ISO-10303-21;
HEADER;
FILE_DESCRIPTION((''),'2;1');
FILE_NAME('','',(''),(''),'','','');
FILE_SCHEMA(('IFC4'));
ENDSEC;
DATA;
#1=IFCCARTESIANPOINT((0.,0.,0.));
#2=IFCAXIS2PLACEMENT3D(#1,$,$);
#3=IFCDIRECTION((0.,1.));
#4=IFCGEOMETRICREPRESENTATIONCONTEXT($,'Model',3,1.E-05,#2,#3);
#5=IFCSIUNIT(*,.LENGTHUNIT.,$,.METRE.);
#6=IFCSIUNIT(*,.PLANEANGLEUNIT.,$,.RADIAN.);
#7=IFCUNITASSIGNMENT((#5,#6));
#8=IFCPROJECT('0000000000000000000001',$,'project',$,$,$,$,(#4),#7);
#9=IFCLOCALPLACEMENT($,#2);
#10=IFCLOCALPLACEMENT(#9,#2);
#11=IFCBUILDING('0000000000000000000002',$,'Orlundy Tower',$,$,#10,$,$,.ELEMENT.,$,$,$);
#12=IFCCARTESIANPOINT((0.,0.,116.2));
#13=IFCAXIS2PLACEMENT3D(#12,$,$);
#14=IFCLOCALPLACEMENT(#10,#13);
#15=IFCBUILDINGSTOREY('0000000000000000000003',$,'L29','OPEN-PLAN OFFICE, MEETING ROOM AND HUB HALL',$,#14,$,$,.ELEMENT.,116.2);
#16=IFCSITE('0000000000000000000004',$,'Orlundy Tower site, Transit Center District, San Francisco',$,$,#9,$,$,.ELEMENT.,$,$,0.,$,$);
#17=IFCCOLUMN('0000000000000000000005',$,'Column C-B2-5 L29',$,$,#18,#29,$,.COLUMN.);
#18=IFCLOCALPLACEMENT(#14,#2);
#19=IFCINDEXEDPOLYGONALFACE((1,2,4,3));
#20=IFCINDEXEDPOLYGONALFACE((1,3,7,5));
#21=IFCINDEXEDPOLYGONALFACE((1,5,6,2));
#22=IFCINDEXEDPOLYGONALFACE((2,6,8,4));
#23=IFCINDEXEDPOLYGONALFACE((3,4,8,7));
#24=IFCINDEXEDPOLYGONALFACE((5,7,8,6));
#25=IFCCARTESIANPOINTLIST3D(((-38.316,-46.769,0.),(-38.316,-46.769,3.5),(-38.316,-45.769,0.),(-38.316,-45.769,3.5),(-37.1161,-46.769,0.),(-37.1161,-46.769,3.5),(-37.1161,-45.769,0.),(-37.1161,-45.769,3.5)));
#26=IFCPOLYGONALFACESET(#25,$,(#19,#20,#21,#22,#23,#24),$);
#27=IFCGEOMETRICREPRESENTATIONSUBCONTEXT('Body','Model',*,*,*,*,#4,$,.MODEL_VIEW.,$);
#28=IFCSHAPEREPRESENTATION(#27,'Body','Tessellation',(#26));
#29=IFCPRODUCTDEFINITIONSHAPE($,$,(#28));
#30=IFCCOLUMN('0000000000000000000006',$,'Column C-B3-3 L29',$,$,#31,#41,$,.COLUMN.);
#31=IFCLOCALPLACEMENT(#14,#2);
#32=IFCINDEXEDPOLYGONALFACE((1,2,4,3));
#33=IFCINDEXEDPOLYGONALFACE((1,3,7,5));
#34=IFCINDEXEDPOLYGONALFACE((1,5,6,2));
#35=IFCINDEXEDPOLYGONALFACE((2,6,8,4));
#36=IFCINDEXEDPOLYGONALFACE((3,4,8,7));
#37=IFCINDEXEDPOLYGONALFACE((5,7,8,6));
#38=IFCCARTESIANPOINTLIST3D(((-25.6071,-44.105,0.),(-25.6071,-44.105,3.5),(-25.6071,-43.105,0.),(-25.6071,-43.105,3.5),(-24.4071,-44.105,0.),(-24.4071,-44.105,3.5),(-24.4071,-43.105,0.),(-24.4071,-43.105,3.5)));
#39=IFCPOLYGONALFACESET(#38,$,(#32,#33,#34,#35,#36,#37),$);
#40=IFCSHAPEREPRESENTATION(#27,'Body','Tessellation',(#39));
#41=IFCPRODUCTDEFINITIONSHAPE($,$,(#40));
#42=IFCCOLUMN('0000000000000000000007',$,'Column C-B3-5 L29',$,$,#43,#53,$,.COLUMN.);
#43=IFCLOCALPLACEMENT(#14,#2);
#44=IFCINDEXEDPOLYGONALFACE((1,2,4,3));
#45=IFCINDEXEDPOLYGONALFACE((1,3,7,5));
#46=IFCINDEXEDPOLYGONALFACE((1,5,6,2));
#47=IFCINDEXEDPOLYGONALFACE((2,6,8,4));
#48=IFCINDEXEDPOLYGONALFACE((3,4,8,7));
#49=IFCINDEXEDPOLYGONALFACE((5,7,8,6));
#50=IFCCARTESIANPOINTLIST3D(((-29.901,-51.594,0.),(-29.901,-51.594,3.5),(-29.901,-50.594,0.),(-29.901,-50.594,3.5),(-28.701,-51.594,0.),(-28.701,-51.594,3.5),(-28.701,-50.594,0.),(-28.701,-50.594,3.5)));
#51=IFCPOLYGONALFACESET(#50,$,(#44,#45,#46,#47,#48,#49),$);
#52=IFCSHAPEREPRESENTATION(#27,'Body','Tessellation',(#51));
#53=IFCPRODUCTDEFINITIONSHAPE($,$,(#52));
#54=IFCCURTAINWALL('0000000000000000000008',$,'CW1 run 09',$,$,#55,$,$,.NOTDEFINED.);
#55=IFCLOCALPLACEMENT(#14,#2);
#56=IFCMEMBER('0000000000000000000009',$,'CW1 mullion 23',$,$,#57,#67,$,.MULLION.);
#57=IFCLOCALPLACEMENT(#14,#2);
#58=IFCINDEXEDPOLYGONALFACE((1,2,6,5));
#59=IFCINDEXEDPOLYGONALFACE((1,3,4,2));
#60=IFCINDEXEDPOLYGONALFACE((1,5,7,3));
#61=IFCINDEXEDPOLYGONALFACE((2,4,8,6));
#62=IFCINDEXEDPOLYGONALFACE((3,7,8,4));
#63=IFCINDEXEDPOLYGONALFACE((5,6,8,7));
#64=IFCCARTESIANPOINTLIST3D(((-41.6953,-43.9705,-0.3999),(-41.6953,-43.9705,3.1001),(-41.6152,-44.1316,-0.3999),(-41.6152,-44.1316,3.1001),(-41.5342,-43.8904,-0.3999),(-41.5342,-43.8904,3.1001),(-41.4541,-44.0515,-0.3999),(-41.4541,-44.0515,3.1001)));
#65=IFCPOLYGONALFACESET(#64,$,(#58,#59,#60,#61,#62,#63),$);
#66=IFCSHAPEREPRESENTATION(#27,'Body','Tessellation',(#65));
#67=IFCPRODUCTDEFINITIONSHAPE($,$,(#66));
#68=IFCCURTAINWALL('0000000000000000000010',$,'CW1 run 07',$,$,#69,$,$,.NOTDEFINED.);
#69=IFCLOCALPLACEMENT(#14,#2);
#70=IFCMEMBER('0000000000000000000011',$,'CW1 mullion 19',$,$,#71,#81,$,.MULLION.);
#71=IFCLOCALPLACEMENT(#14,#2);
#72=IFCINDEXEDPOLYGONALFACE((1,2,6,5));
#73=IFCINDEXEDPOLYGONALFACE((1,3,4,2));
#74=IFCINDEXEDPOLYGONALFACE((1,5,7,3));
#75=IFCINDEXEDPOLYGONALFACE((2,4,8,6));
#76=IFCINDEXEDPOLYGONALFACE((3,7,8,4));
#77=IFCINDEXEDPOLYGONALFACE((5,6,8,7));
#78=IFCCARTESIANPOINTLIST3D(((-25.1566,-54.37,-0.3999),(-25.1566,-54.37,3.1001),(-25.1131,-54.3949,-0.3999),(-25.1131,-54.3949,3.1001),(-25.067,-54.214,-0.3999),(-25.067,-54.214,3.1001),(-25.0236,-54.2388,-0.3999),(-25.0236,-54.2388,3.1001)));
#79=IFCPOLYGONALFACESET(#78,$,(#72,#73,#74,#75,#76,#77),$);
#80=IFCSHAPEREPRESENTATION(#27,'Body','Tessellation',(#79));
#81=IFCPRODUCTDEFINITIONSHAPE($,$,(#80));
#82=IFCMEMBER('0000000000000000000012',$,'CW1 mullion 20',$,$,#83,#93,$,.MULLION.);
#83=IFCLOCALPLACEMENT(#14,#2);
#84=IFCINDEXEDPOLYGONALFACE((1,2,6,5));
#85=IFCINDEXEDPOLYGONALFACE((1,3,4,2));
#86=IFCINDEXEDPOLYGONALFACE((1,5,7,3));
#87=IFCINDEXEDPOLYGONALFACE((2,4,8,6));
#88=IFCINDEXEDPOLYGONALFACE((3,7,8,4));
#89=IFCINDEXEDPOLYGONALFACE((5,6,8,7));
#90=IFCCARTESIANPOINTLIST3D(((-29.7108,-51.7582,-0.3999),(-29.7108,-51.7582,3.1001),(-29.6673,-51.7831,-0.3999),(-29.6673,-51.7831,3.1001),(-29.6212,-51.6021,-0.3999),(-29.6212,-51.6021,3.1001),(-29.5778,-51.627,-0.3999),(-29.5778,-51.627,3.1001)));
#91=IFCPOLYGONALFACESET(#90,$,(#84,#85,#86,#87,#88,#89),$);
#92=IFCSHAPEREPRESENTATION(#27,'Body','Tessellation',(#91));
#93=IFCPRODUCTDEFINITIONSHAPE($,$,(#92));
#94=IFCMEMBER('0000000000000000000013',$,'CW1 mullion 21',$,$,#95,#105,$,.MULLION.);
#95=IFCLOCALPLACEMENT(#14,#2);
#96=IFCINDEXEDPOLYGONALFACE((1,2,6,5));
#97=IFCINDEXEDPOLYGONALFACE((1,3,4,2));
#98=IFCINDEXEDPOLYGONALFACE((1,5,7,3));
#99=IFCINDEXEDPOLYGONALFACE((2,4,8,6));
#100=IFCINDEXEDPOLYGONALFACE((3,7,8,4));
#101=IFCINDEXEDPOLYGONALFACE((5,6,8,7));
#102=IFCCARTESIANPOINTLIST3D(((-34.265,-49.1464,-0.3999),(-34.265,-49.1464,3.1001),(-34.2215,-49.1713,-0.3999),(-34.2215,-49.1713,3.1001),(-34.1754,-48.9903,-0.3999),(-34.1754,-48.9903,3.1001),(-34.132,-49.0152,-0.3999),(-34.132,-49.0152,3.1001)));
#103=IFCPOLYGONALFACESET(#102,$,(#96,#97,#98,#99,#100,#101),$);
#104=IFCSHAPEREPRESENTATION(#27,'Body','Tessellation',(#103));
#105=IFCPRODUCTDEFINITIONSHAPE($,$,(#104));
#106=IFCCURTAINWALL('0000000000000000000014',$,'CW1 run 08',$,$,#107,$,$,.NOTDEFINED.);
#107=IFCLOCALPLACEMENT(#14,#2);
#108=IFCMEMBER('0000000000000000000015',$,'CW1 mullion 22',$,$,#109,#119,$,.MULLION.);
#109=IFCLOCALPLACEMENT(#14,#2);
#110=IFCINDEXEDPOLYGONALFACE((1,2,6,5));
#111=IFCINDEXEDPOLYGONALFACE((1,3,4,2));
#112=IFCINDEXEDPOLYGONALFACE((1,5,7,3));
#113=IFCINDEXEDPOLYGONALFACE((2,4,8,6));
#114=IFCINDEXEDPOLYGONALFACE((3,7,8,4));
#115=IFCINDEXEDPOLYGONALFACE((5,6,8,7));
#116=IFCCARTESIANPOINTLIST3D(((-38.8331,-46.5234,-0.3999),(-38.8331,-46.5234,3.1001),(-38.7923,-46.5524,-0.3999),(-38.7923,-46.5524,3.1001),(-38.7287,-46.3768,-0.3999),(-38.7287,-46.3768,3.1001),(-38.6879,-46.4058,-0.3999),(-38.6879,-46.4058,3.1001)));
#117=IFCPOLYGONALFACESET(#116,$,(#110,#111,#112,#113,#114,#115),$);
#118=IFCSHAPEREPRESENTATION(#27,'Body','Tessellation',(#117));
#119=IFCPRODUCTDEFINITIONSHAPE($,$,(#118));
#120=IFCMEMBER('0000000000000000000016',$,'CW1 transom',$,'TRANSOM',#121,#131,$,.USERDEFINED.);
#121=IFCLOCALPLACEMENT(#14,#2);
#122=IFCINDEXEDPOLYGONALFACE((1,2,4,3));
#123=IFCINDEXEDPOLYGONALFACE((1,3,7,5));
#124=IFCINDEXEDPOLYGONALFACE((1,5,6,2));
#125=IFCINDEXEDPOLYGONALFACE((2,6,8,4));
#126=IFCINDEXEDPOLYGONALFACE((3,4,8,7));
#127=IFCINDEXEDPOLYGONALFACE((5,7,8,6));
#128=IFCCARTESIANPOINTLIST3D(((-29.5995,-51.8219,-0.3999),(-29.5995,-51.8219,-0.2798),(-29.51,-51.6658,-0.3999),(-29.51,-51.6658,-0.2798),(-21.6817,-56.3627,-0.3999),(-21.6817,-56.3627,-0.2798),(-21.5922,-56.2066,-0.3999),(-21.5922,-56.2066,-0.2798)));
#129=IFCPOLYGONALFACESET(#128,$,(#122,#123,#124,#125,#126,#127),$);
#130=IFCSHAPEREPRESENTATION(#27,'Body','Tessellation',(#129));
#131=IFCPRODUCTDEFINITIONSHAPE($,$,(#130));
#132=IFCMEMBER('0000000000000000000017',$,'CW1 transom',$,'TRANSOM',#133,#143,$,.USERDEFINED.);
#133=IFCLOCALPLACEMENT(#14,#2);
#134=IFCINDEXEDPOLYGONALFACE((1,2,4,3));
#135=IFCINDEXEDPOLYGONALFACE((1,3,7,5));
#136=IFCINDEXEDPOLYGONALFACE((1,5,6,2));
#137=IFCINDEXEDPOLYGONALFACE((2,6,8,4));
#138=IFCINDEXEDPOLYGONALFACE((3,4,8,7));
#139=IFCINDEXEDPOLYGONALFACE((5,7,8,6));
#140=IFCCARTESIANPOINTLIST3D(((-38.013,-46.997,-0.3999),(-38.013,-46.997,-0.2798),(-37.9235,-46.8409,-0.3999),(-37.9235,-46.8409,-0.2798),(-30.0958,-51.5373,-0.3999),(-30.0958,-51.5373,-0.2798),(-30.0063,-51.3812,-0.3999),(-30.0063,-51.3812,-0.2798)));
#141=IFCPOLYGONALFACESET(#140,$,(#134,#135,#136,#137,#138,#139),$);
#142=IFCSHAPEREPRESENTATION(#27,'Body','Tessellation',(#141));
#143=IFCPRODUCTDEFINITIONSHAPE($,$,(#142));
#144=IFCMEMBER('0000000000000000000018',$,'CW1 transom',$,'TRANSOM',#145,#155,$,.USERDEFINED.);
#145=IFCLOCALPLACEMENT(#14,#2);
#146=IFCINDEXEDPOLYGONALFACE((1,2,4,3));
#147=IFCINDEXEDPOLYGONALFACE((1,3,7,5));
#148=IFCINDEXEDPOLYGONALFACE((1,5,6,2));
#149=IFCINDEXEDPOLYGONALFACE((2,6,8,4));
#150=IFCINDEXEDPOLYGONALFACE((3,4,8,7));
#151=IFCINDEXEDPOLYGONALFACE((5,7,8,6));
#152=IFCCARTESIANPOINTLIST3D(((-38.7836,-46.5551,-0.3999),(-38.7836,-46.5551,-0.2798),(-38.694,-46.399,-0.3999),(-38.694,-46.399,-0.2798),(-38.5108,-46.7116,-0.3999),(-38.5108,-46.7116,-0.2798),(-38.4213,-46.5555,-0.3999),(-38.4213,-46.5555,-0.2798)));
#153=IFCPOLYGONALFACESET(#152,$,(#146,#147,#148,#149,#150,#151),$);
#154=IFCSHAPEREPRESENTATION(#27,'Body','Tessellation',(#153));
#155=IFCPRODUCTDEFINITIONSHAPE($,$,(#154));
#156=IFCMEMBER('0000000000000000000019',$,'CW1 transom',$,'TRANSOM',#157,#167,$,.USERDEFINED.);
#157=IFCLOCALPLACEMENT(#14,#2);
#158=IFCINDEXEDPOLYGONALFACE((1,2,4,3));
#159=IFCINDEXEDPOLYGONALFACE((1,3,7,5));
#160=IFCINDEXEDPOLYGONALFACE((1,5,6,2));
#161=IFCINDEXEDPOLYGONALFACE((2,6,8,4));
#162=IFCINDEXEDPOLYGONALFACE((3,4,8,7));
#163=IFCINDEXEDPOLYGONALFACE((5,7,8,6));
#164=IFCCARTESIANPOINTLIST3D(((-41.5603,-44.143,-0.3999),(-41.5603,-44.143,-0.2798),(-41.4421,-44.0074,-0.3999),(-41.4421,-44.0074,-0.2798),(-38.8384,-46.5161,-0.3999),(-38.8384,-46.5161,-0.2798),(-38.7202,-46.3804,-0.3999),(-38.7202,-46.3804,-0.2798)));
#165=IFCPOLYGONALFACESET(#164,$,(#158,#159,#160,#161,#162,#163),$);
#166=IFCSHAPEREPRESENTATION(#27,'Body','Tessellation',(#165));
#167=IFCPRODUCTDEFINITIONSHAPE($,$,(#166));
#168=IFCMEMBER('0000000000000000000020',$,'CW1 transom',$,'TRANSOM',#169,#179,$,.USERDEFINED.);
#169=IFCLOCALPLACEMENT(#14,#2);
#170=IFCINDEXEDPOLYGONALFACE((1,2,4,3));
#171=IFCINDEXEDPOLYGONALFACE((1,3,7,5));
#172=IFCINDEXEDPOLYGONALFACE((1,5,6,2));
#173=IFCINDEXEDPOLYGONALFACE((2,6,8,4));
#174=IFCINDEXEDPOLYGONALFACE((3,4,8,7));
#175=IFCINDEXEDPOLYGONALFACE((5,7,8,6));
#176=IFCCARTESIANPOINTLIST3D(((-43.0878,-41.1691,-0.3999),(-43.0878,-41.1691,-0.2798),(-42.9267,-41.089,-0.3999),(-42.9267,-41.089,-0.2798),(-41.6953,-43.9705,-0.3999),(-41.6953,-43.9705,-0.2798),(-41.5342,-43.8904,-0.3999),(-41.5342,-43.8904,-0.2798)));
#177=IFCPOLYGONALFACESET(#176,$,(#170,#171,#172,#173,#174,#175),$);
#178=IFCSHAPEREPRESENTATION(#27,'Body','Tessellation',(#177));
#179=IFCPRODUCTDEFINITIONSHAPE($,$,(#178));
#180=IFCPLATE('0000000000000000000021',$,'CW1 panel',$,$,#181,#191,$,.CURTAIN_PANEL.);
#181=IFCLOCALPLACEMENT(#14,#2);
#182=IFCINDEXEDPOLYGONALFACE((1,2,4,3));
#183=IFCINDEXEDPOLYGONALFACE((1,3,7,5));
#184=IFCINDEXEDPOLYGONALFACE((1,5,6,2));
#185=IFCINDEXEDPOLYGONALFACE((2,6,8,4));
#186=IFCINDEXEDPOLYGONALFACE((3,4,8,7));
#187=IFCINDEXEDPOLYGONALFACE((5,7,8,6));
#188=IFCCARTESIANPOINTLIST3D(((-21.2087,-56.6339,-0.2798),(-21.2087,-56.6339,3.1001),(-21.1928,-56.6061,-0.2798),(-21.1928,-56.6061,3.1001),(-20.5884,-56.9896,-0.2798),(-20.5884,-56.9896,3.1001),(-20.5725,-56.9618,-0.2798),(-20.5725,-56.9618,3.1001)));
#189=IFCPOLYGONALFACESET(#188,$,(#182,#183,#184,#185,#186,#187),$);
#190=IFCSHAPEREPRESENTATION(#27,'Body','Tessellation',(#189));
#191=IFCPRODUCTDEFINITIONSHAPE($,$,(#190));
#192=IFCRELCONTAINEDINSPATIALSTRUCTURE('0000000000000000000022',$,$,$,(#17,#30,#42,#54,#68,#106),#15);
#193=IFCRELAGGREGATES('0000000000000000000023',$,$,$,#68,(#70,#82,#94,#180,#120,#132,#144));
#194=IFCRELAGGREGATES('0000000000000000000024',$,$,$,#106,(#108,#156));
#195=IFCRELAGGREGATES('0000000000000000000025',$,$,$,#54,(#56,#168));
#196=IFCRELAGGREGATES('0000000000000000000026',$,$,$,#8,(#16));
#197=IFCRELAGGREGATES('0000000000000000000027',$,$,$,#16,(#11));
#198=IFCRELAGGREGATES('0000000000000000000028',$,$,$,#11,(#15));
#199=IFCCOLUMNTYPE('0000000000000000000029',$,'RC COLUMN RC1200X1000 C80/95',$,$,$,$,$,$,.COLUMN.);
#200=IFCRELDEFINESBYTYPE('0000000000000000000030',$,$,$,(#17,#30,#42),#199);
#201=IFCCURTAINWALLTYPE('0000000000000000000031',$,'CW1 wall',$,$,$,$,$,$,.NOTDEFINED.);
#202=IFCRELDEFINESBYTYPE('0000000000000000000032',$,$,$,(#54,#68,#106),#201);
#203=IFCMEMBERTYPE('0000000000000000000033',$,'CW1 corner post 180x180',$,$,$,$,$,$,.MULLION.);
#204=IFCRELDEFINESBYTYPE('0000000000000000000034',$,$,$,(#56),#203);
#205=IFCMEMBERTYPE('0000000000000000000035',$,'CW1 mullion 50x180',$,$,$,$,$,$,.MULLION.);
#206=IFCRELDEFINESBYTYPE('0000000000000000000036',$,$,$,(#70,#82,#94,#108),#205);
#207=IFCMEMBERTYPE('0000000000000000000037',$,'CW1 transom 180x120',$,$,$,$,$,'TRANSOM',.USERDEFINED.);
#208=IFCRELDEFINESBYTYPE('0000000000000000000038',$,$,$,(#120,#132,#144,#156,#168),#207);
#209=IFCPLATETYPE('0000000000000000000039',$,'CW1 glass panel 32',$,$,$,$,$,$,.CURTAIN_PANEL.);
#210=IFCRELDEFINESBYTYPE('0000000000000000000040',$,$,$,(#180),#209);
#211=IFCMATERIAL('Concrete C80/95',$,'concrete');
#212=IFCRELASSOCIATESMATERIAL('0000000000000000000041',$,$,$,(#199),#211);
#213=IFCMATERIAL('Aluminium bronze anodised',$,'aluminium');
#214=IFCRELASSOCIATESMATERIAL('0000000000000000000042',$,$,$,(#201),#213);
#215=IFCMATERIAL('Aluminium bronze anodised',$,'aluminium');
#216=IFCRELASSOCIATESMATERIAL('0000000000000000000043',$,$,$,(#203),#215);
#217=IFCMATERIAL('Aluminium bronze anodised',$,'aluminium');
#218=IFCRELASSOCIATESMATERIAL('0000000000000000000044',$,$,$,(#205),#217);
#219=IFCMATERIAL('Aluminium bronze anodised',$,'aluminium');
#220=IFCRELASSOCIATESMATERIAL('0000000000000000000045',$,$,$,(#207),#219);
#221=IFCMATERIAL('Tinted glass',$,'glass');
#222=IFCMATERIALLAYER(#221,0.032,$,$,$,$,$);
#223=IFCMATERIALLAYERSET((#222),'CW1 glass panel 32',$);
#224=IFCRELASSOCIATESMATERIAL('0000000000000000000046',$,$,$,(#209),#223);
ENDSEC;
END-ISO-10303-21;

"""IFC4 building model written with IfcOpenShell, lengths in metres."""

from ifc_helpers import new_model, si_unit, direction, frame, origin, origin_2d, place, context, subcontext, project, spatial, rectangle, extrude, material, layer, layer_set, material_profile, profile_set, type_object, element, aggregate, save


model = new_model("IFC4")

# Units and contexts
model_context = context("Model", 3, precision=1e-05, world=origin(), true_north=direction((0.0, 1.0)))
body_context = subcontext(model_context, "Body", "Model", "MODEL_VIEW")
ifc_project = project(units=[si_unit("LENGTHUNIT", "METRE"), si_unit("PLANEANGLEUNIT", "RADIAN")], contexts=[model_context])

# Site, building, storey
site_placement = place(None, origin())
site = spatial("IfcSite", under=ifc_project, at=site_placement, Name="Orlundy Tower site, Transit Center District, San Francisco", CompositionType="ELEMENT", RefElevation=0.0)
building_placement = place(site_placement, origin())
building = spatial("IfcBuilding", under=site, at=building_placement, Name="Orlundy Tower", CompositionType="ELEMENT")
storey_placement = place(building_placement, frame((0.0, 0.0, 116.2)))
storey = spatial("IfcBuildingStorey", under=building, at=storey_placement, Name="L29", Description="OPEN-PLAN OFFICE, MEETING ROOM AND HUB HALL", CompositionType="ELEMENT", Elevation=116.2)

# Columns
ifc_material_1 = material(Name="Concrete C80/95", Category="concrete")
ifc_material_profile_1 = material_profile(ifc_material_1, rectangle(XDim=1.2, YDim=1.0, at=origin_2d()), Name="RC1200X1000")
ifc_profile_set_1 = profile_set([ifc_material_profile_1], Name="Concrete C80/95")
column_type = type_object("IfcColumnType", Name="RC COLUMN RC1200X1000 C80/95", PredefinedType="COLUMN", material=ifc_profile_set_1)
for number, where, z_axis, x_axis, name in (
    (1, (-37.7161, -46.269, 0.0), (0.0, 0.0, 1.0), (1.0, 0.0, 0.0), "Column C-B2-5 L29"),
    (2, (-25.0071, -43.605, 0.0), (0.0, 0.0, 1.0), (1.0, 0.0, 0.0), "Column C-B3-3 L29"),
    (3, (-29.301, -51.094, 0.0), (0.0, 0.0, 1.0), (1.0, 0.0, 0.0), "Column C-B3-5 L29"),
):
    element("IfcColumn", number, at=place(storey_placement, frame(where, z_axis=z_axis, x_axis=x_axis)), inside=storey, type_object=column_type, Name=name, PredefinedType="COLUMN", context=body_context, shape_type="SweptSolid", body=[
        extrude(rectangle(XDim=1.2, YDim=1.0, at=origin_2d()), origin(), (0.0, 0.0, 1.0), 3.5),
    ])

# Curtain wall, member
ifc_material_2 = material(Name="Aluminium bronze anodised", Category="aluminium")
curtain_wall_type = type_object("IfcCurtainWallType", Name="CW1 wall", PredefinedType="NOTDEFINED", material=ifc_material_2)
curtain_wall_1_placement = place(storey_placement, origin())
curtain_wall_1 = element("IfcCurtainWall", 4, at=curtain_wall_1_placement, inside=storey, type_object=curtain_wall_type, Name="CW1 run 09", PredefinedType="NOTDEFINED")
ifc_material_3 = material(Name="Aluminium bronze anodised", Category="aluminium")
ifc_material_profile_2 = material_profile(ifc_material_3, rectangle(XDim=0.1799, YDim=0.1799, at=origin_2d()), Name="CW1 corner post 180x180")
ifc_profile_set_2 = profile_set([ifc_material_profile_2], Name="Aluminium bronze anodised")
member_type_1 = type_object("IfcMemberType", Name="CW1 corner post 180x180", PredefinedType="MULLION", material=ifc_profile_set_2)
member_1_placement = place(storey_placement, frame((-41.5747, -44.011, -0.3999), z_axis=(0.0, 0.0, 1.0), x_axis=(-0.89545, -0.445162, 0.0)))
member_1 = element("IfcMember", 5, at=member_1_placement, type_object=member_type_1, Name="CW1 mullion 23", PredefinedType="MULLION", context=body_context, shape_type="SweptSolid", body=[
    extrude(rectangle(XDim=0.1799, YDim=0.1799, at=origin_2d()), origin(), (0.0, 0.0, 1.0), 3.5),
])

# Curtain wall, members
curtain_wall_2_placement = place(storey_placement, origin())
curtain_wall_2 = element("IfcCurtainWall", 6, at=curtain_wall_2_placement, inside=storey, type_object=curtain_wall_type, Name="CW1 run 07", PredefinedType="NOTDEFINED")
ifc_material_4 = material(Name="Aluminium bronze anodised", Category="aluminium")
ifc_material_profile_3 = material_profile(ifc_material_4, rectangle(XDim=0.1799, YDim=0.05, at=origin_2d()), Name="CW1 mullion 50x180")
ifc_profile_set_3 = profile_set([ifc_material_profile_3], Name="Aluminium bronze anodised")
member_type_2 = type_object("IfcMemberType", Name="CW1 mullion 50x180", PredefinedType="MULLION", material=ifc_profile_set_3)
member_2_placement = place(storey_placement, frame((-25.0901, -54.3044, -0.3999), z_axis=(0.0, 0.0, 1.0), x_axis=(-0.497477, -0.867477, 0.0)))
member_2 = element("IfcMember", 7, at=member_2_placement, type_object=member_type_2, Name="CW1 mullion 19", PredefinedType="MULLION", context=body_context, shape_type="SweptSolid", body=[
    extrude(rectangle(XDim=0.1799, YDim=0.05, at=origin_2d()), origin(), (0.0, 0.0, 1.0), 3.5),
])
member_3_placement = place(storey_placement, frame((-29.6443, -51.6926, -0.3999), z_axis=(0.0, 0.0, 1.0), x_axis=(-0.497477, -0.867477, 0.0)))
member_3 = element("IfcMember", 8, at=member_3_placement, type_object=member_type_2, Name="CW1 mullion 20", PredefinedType="MULLION", context=body_context, shape_type="SweptSolid", body=[
    extrude(rectangle(XDim=0.1799, YDim=0.05, at=origin_2d()), origin(), (0.0, 0.0, 1.0), 3.5),
])
member_4_placement = place(storey_placement, frame((-34.1985, -49.0808, -0.3999), z_axis=(0.0, 0.0, 1.0), x_axis=(-0.497477, -0.867477, 0.0)))
member_4 = element("IfcMember", 9, at=member_4_placement, type_object=member_type_2, Name="CW1 mullion 21", PredefinedType="MULLION", context=body_context, shape_type="SweptSolid", body=[
    extrude(rectangle(XDim=0.1799, YDim=0.05, at=origin_2d()), origin(), (0.0, 0.0, 1.0), 3.5),
])

# Curtain wall, member
curtain_wall_3_placement = place(storey_placement, origin())
curtain_wall_3 = element("IfcCurtainWall", 10, at=curtain_wall_3_placement, inside=storey, type_object=curtain_wall_type, Name="CW1 run 08", PredefinedType="NOTDEFINED")
member_5_placement = place(storey_placement, frame((-38.7605, -46.4646, -0.3999), z_axis=(0.0, 0.0, 1.0), x_axis=(-0.580116, -0.814534, 0.0)))
member_5 = element("IfcMember", 11, at=member_5_placement, type_object=member_type_2, Name="CW1 mullion 22", PredefinedType="MULLION", context=body_context, shape_type="SweptSolid", body=[
    extrude(rectangle(XDim=0.1799, YDim=0.05, at=origin_2d()), origin(), (0.0, 0.0, 1.0), 3.5),
])

# Members
ifc_material_5 = material(Name="Aluminium bronze anodised", Category="aluminium")
ifc_material_profile_4 = material_profile(ifc_material_5, rectangle(XDim=0.1799, YDim=0.1201, at=origin_2d()), Name="CW1 transom 180x120")
ifc_profile_set_4 = profile_set([ifc_material_profile_4], Name="Aluminium bronze anodised")
member_type_3 = type_object("IfcMemberType", Name="CW1 transom 180x120", ElementType="TRANSOM", PredefinedType="USERDEFINED", material=ifc_profile_set_4)
member_6_placement = place(storey_placement, frame((-21.637, -56.2847, -0.3398), z_axis=(-0.86747, 0.497489, 0.0), x_axis=(-0.497489, -0.86747, 0.0)))
member_6 = element("IfcMember", 12, at=member_6_placement, type_object=member_type_3, Name="CW1 transom", ObjectType="TRANSOM", PredefinedType="USERDEFINED", context=body_context, shape_type="SweptSolid", body=[
    extrude(rectangle(XDim=0.1799, YDim=0.1201, at=origin_2d()), origin(), (0.0, 0.0, 1.0), 9.1274),
])
member_7_placement = place(storey_placement, frame((-30.051, -51.4592, -0.3398), z_axis=(-0.86748, 0.497472, 0.0), x_axis=(-0.497472, -0.86748, 0.0)))
member_7 = element("IfcMember", 13, at=member_7_placement, type_object=member_type_3, Name="CW1 transom", ObjectType="TRANSOM", PredefinedType="USERDEFINED", context=body_context, shape_type="SweptSolid", body=[
    extrude(rectangle(XDim=0.1799, YDim=0.1201, at=origin_2d()), origin(), (0.0, 0.0, 1.0), 9.1267),
])
member_8_placement = place(storey_placement, frame((-38.4661, -46.6335, -0.3398), z_axis=(-0.867334, 0.497727, 0.0), x_axis=(-0.497727, -0.867334, 0.0)))
member_8 = element("IfcMember", 14, at=member_8_placement, type_object=member_type_3, Name="CW1 transom", ObjectType="TRANSOM", PredefinedType="USERDEFINED", context=body_context, shape_type="SweptSolid", body=[
    extrude(rectangle(XDim=0.1799, YDim=0.1201, at=origin_2d()), origin(), (0.0, 0.0, 1.0), 0.3145),
])
member_9_placement = place(storey_placement, frame((-38.7793, -46.4482, -0.3398), z_axis=(-0.753761, 0.657149, 0.0), x_axis=(-0.657149, -0.753761, 0.0)))
member_9 = element("IfcMember", 15, at=member_9_placement, type_object=member_type_3, Name="CW1 transom", ObjectType="TRANSOM", PredefinedType="USERDEFINED", context=body_context, shape_type="SweptSolid", body=[
    extrude(rectangle(XDim=0.1799, YDim=0.1201, at=origin_2d()), origin(), (0.0, 0.0, 1.0), 3.6111),
])
member_10_placement = place(storey_placement, frame((-41.6147, -43.9304, -0.3398), z_axis=(-0.445121, 0.89547, 0.0), x_axis=(-0.89547, -0.445121, 0.0)))
member_10 = element("IfcMember", 16, at=member_10_placement, type_object=member_type_3, Name="CW1 transom", ObjectType="TRANSOM", PredefinedType="USERDEFINED", context=body_context, shape_type="SweptSolid", body=[
    extrude(rectangle(XDim=0.1799, YDim=0.1201, at=origin_2d()), origin(), (0.0, 0.0, 1.0), 3.1284),
])

# Plate
ifc_material_6 = material(Name="Tinted glass", Category="glass")
ifc_layer_1 = layer(ifc_material_6, 0.032)
ifc_layer_set_1 = layer_set([ifc_layer_1], Name="CW1 glass panel 32")
plate_type = type_object("IfcPlateType", Name="CW1 glass panel 32", PredefinedType="CURTAIN_PANEL", material=ifc_layer_set_1)
plate_1_placement = place(storey_placement, frame((-20.8906, -56.7979, -0.2798), z_axis=(0.0, 0.0, 1.0), x_axis=(-0.867477, 0.497477, 0.0)))
plate_1 = element("IfcPlate", 17, at=plate_1_placement, type_object=plate_type, Name="CW1 panel", PredefinedType="CURTAIN_PANEL", context=body_context, shape_type="SweptSolid", body=[
    extrude(rectangle(XDim=0.7151, YDim=0.032, at=origin_2d()), origin(), (0.0, 0.0, 1.0), 3.3799),
])
aggregate(curtain_wall_2, [member_2, member_3, member_4, plate_1, member_6, member_7, member_8])
aggregate(curtain_wall_3, [member_5, member_9])
aggregate(curtain_wall_1, [member_1, member_10])

save(model, "model.ifc")
